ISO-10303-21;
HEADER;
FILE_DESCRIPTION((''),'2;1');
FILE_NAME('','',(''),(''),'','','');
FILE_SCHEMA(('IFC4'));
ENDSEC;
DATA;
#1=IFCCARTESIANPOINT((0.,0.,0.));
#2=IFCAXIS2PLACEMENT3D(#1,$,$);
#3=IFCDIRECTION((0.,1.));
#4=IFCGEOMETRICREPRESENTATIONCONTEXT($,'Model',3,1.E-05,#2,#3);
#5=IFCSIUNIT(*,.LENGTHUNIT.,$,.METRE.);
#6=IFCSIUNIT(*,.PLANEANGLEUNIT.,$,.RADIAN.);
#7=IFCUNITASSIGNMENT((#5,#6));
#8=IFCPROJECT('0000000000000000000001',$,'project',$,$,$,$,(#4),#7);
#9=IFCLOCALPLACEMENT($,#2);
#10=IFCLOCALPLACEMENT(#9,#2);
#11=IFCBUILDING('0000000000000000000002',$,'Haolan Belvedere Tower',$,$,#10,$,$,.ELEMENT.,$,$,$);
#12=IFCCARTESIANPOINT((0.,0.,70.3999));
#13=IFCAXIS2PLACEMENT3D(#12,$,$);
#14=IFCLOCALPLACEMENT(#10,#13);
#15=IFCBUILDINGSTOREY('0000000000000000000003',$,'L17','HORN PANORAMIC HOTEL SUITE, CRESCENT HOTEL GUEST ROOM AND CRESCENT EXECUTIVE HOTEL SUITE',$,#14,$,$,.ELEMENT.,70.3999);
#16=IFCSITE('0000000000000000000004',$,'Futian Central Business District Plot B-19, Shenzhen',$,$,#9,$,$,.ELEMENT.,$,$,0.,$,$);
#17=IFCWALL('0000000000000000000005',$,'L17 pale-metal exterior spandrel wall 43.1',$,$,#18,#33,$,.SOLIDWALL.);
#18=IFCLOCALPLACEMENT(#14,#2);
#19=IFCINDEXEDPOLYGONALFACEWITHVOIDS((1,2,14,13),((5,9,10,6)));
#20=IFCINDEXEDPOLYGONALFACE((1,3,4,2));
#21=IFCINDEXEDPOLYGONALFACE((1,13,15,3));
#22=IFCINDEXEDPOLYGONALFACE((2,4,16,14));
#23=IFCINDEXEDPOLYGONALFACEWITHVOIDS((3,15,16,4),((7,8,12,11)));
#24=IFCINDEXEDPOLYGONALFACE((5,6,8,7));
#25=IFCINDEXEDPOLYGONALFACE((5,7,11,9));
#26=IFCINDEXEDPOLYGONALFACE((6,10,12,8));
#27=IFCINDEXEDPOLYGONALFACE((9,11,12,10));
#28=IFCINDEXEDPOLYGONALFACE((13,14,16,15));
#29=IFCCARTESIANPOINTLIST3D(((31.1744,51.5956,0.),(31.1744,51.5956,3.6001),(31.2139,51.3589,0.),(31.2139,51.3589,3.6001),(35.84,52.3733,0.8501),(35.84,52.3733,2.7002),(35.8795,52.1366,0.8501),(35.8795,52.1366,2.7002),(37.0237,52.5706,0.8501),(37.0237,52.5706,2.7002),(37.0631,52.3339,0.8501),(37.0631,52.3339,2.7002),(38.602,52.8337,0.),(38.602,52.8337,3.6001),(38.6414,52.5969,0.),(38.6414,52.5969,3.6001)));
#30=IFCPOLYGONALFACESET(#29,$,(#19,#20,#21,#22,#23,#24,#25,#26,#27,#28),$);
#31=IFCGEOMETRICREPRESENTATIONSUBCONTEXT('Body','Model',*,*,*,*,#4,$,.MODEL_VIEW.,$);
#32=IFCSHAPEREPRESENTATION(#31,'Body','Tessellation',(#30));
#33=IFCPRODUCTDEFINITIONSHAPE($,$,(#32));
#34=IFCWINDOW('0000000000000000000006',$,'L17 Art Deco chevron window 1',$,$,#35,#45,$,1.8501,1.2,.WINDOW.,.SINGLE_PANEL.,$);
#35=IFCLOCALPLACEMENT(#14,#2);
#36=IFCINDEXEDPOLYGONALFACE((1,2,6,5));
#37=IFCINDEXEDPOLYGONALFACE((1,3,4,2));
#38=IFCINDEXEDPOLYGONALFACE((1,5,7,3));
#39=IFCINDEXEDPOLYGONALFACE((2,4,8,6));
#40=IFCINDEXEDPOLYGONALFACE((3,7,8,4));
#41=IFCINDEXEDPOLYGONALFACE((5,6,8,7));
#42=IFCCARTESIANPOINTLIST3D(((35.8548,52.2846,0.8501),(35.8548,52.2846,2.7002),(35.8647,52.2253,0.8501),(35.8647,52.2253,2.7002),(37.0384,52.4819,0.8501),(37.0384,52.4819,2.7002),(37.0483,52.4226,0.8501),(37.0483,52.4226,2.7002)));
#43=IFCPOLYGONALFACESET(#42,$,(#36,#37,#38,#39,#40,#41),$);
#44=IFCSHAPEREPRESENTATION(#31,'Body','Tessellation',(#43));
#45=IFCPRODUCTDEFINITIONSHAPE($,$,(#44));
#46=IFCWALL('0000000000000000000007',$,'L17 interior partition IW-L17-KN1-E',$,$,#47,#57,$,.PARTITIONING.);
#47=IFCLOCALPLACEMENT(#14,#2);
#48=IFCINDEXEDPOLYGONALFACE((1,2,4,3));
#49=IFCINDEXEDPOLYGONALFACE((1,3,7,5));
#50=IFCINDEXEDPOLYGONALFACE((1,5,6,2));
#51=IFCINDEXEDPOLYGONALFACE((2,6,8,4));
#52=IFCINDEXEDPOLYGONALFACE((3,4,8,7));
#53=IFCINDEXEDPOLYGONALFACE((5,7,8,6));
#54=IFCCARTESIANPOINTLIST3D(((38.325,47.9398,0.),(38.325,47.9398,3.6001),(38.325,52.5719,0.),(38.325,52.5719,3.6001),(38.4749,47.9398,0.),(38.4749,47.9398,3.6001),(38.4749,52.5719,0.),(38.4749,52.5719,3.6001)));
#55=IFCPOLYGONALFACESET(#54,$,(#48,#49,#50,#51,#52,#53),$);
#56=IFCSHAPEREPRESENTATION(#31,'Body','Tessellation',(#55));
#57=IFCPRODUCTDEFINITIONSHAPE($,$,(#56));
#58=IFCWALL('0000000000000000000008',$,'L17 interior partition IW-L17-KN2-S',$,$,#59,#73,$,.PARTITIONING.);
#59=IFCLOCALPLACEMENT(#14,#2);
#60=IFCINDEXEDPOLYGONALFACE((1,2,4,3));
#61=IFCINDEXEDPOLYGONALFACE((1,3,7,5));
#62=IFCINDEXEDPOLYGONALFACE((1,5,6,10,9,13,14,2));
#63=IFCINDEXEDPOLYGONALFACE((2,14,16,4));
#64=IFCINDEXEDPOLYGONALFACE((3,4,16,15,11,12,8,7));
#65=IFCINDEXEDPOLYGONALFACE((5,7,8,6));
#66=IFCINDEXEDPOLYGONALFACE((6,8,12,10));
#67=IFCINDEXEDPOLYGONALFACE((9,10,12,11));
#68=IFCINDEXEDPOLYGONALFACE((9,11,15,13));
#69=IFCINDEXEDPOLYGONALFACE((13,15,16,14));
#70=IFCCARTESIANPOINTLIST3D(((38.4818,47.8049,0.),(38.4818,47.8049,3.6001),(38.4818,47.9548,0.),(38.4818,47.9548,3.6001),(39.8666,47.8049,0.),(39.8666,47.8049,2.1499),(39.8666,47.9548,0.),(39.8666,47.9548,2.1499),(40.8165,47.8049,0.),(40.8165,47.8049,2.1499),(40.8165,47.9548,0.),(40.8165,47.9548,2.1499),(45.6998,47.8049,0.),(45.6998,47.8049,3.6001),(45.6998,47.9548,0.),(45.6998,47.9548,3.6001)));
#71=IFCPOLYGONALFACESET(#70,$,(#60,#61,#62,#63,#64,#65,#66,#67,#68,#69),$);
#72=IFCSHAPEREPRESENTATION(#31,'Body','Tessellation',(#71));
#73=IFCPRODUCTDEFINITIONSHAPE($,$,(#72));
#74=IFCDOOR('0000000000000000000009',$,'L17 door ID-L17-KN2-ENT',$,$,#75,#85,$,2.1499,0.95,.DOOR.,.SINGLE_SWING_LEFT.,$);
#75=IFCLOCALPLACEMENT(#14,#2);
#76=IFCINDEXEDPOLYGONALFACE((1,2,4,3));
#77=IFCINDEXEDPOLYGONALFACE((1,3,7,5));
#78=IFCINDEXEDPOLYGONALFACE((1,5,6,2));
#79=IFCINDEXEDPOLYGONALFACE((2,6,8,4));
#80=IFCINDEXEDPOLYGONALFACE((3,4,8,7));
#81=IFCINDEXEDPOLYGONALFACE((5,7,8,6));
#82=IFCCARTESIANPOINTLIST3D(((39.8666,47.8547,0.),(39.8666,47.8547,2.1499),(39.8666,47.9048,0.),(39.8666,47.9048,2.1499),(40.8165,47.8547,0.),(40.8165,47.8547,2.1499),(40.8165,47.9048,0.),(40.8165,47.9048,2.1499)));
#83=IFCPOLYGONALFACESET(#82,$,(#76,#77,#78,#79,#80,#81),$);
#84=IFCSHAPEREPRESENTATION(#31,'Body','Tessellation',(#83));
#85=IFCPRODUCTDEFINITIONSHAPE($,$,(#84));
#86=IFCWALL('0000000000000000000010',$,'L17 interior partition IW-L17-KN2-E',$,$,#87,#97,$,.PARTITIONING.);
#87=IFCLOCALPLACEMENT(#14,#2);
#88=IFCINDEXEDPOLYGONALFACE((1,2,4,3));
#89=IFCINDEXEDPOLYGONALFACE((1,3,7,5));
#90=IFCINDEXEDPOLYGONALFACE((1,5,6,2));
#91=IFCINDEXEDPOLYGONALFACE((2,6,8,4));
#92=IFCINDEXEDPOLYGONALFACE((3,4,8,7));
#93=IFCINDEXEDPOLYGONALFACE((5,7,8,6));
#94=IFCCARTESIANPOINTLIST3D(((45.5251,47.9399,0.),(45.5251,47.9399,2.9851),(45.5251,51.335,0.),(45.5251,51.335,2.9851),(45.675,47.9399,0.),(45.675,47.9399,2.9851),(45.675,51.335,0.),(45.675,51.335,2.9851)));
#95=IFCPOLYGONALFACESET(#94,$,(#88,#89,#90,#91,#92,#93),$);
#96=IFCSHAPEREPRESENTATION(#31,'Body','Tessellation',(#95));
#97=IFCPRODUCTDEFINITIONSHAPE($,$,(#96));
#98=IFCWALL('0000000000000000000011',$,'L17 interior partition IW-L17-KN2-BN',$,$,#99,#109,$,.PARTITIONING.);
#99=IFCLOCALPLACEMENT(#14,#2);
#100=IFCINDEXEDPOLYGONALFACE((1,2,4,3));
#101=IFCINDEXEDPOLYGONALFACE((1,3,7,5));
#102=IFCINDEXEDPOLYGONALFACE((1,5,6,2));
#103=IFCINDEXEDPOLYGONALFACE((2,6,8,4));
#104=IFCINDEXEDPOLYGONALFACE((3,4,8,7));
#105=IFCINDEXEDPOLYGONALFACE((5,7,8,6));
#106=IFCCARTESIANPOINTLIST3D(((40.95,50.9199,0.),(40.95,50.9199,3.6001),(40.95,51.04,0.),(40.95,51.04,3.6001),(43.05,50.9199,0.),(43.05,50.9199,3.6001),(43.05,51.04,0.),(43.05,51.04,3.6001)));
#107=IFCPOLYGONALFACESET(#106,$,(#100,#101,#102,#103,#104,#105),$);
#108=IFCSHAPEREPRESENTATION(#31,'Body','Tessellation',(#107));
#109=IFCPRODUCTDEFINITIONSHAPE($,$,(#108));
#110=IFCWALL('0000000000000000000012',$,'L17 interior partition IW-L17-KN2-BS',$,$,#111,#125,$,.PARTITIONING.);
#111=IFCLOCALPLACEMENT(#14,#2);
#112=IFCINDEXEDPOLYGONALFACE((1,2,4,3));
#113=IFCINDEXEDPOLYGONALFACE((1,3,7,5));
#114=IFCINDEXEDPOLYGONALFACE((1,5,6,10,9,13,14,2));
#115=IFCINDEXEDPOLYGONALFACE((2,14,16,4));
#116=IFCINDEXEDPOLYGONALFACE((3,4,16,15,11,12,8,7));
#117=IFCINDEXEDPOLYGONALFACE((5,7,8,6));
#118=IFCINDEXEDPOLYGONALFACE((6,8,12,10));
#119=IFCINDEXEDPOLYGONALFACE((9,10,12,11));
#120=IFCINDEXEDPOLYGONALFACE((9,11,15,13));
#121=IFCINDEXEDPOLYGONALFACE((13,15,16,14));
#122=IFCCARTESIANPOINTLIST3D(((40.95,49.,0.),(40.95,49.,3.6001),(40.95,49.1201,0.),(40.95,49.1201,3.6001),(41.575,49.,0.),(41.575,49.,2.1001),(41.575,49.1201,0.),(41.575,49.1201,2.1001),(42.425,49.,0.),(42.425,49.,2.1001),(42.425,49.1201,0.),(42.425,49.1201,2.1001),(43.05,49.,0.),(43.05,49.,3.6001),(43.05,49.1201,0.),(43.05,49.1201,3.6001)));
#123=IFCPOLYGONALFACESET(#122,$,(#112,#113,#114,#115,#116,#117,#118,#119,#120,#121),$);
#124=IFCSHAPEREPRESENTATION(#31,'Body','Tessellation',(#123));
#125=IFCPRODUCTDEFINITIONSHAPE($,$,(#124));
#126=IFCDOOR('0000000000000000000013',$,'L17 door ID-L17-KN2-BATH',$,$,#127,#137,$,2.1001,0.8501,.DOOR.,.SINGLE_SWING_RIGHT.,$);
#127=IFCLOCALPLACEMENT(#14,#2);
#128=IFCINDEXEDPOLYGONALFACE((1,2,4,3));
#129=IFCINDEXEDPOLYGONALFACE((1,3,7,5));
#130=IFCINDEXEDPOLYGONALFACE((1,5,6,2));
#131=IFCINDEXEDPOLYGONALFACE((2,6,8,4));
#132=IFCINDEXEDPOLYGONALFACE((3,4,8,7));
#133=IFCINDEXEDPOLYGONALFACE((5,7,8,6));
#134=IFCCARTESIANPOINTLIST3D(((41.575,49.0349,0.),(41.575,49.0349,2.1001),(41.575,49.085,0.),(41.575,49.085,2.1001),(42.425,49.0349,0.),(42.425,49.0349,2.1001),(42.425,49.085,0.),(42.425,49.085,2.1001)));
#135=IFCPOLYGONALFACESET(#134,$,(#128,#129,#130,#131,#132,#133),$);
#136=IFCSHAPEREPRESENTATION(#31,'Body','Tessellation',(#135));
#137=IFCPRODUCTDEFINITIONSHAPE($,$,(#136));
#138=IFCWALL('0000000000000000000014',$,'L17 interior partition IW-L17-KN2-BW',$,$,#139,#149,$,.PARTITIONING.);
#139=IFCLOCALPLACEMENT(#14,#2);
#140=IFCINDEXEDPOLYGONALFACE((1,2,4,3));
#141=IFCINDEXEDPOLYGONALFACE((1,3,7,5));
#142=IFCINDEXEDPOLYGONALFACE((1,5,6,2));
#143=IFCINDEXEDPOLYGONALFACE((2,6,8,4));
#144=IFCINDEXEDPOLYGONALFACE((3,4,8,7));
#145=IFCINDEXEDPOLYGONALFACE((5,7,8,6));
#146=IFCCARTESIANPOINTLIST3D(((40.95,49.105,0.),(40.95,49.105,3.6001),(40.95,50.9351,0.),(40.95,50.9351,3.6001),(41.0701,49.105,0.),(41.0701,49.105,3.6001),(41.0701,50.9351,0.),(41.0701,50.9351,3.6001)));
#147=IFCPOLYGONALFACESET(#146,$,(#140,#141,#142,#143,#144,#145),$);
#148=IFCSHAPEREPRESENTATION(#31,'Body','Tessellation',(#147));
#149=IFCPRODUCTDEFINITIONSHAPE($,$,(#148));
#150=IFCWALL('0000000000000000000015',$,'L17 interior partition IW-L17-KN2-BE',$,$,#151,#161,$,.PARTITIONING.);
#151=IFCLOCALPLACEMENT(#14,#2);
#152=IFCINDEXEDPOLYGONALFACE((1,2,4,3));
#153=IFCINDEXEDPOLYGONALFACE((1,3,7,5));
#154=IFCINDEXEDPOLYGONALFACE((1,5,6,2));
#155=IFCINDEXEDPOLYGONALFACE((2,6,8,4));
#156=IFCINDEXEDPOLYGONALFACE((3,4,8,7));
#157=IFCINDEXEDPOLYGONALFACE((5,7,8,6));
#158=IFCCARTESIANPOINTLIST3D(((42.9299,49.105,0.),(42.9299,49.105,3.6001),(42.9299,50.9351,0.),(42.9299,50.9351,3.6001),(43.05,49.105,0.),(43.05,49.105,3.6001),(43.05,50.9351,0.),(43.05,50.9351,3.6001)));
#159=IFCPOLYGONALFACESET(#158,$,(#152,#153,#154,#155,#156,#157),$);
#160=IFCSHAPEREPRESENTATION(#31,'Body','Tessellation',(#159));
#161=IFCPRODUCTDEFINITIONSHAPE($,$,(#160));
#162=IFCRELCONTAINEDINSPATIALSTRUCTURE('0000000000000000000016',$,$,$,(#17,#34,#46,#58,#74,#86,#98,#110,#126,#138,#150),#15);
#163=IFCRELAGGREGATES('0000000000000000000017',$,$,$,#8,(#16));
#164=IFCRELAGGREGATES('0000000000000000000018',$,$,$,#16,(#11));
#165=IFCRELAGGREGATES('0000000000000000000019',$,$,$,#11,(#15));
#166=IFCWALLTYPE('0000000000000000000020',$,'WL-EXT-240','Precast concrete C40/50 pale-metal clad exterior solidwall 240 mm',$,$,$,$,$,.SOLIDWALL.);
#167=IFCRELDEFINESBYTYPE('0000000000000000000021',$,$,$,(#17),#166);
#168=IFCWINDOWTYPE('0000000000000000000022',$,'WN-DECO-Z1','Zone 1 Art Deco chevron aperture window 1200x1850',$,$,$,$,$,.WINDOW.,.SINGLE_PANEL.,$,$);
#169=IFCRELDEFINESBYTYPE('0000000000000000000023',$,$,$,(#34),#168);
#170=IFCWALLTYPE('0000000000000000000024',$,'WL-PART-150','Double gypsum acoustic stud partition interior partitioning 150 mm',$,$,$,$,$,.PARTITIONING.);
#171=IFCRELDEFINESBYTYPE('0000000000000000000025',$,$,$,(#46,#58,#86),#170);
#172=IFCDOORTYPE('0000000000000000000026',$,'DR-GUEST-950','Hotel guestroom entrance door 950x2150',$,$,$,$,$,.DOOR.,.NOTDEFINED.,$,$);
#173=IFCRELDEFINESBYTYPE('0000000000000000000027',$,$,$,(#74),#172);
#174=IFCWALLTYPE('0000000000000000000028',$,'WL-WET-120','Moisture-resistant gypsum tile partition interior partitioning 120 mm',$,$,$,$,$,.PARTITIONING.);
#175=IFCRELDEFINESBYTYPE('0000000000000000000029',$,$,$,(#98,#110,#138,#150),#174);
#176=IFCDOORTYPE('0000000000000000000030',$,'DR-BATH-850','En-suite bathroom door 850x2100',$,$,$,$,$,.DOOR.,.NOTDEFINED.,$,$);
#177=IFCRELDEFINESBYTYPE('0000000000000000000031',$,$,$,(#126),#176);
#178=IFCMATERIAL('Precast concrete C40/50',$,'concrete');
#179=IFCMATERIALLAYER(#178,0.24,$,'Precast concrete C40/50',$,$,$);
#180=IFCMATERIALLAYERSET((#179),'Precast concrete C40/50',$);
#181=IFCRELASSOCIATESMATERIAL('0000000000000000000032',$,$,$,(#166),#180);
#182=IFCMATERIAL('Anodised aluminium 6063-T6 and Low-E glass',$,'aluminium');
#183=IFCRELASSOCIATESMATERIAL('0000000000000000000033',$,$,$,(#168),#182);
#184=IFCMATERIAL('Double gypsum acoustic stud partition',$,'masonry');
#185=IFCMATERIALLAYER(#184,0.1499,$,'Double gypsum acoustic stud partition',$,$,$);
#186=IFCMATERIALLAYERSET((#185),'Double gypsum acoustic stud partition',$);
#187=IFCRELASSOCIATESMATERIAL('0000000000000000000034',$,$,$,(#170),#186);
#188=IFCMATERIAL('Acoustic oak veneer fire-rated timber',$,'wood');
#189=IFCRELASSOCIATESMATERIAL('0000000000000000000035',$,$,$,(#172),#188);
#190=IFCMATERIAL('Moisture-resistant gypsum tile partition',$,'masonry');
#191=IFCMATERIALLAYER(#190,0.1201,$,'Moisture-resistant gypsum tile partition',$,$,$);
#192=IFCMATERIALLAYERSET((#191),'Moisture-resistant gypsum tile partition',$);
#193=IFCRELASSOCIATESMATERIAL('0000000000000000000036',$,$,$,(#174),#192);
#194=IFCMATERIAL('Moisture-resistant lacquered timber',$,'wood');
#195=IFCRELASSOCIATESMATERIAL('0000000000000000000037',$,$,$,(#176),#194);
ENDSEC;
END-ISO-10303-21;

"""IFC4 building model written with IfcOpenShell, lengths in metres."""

from ifc_helpers import new_model, si_unit, direction, frame, frame_2d, origin, place, context, subcontext, project, spatial, rectangle, extrude, material, layer, layer_set, type_object, element, fill, save


model = new_model("IFC4")

# Units and contexts
model_context = context("Model", 3, precision=1e-05, world=origin(), true_north=direction((0.0, 1.0)))
body_context = subcontext(model_context, "Body", "Model", "MODEL_VIEW")
ifc_project = project(units=[si_unit("LENGTHUNIT", "METRE"), si_unit("PLANEANGLEUNIT", "RADIAN")], contexts=[model_context])

# Site, building, storey
site_placement = place(None, origin())
site = spatial("IfcSite", under=ifc_project, at=site_placement, Name="Futian Central Business District Plot B-19, Shenzhen", CompositionType="ELEMENT", RefElevation=0.0)
building_placement = place(site_placement, origin())
building = spatial("IfcBuilding", under=site, at=building_placement, Name="Haolan Belvedere Tower", CompositionType="ELEMENT")
storey_placement = place(building_placement, frame((0.0, 0.0, 70.3999)))
storey = spatial("IfcBuildingStorey", under=building, at=storey_placement, Name="L17", Description="HORN PANORAMIC HOTEL SUITE, CRESCENT HOTEL GUEST ROOM AND CRESCENT EXECUTIVE HOTEL SUITE", CompositionType="ELEMENT", Elevation=70.3999)

# Wall, opening, window
ifc_material_1 = material(Name="Precast concrete C40/50", Category="concrete")
ifc_layer_1 = layer(ifc_material_1, 0.24, Name="Precast concrete C40/50")
ifc_layer_set_1 = layer_set([ifc_layer_1], Name="Precast concrete C40/50")
wall_type_1 = type_object("IfcWallType", Name="WL-EXT-240", Description="Precast concrete C40/50 pale-metal clad exterior solidwall 240 mm", PredefinedType="SOLIDWALL", material=ifc_layer_set_1)
wall_1_placement = place(storey_placement, frame((38.6218, 52.7153, 0.0), z_axis=(0.0, 0.0, 1.0), x_axis=(-0.986391, -0.164415, 0.0)))
wall_1 = element("IfcWall", 1, at=wall_1_placement, inside=storey, type_object=wall_type_1, Name="L17 pale-metal exterior spandrel wall 43.1", PredefinedType="SOLIDWALL", context=body_context, shape_type="SweptSolid", body=[
    extrude(rectangle(XDim=7.53, YDim=0.24, at=frame_2d((3.7651, 0.0))), origin(), (0.0, 0.0, 1.0), 3.6001),
])
opening_1_placement = place(wall_1_placement, frame((1.6001, 0.0, 0.8501)))
opening_1 = element("IfcOpeningElement", 2, at=opening_1_placement, cuts=wall_1, PredefinedType="OPENING", context=body_context, shape_type="SweptSolid", body=[
    extrude(rectangle(XDim=1.2, YDim=1.8501, at=frame_2d((0.6001, 0.925))), frame((0.0, 0.1299, 0.0), z_axis=(0.0, -1.0, 0.0), x_axis=(1.0, 0.0, 0.0)), (0.0, 0.0, 1.0), 0.26),
])
ifc_material_2 = material(Name="Anodised aluminium 6063-T6 and Low-E glass", Category="aluminium")
window_type = type_object("IfcWindowType", Name="WN-DECO-Z1", Description="Zone 1 Art Deco chevron aperture window 1200x1850", PartitioningType="SINGLE_PANEL", PredefinedType="WINDOW", material=ifc_material_2)
window_placement = place(opening_1_placement, origin())
window = element("IfcWindow", 3, at=window_placement, inside=storey, type_object=window_type, Name="L17 Art Deco chevron window 1", OverallHeight=1.8501, OverallWidth=1.2, PartitioningType="SINGLE_PANEL", PredefinedType="WINDOW", context=body_context, shape_type="SweptSolid", body=[
    extrude(rectangle(XDim=1.2, YDim=1.8501, at=frame_2d((0.6001, 0.925))), frame((0.0, 0.03, 0.0), z_axis=(0.0, -1.0, 0.0), x_axis=(1.0, 0.0, 0.0)), (0.0, 0.0, 1.0), 0.0601),
])
fill(opening_1, window)

# Wall
ifc_material_3 = material(Name="Double gypsum acoustic stud partition", Category="masonry")
ifc_layer_2 = layer(ifc_material_3, 0.1499, Name="Double gypsum acoustic stud partition")
ifc_layer_set_2 = layer_set([ifc_layer_2], Name="Double gypsum acoustic stud partition")
wall_type_2 = type_object("IfcWallType", Name="WL-PART-150", Description="Double gypsum acoustic stud partition interior partitioning 150 mm", PredefinedType="PARTITIONING", material=ifc_layer_set_2)
wall_2_placement = place(storey_placement, frame((38.3999, 47.9399, 0.0), z_axis=(0.0, 0.0, 1.0), x_axis=(0.0, 1.0, 0.0)))
element("IfcWall", 4, at=wall_2_placement, inside=storey, type_object=wall_type_2, Name="L17 interior partition IW-L17-KN1-E", PredefinedType="PARTITIONING", context=body_context, shape_type="SweptSolid", body=[
    extrude(rectangle(XDim=4.6321, YDim=0.1499, at=frame_2d((2.3159, 0.0))), origin(), (0.0, 0.0, 1.0), 3.6001),
])

# Wall, opening, door
wall_3_placement = place(storey_placement, frame((38.4819, 47.8799, 0.0), z_axis=(0.0, 0.0, 1.0), x_axis=(1.0, 0.0, 0.0)))
wall_3 = element("IfcWall", 5, at=wall_3_placement, inside=storey, type_object=wall_type_2, Name="L17 interior partition IW-L17-KN2-S", PredefinedType="PARTITIONING", context=body_context, shape_type="SweptSolid", body=[
    extrude(rectangle(XDim=7.218, YDim=0.1499, at=frame_2d((3.6089, 0.0))), origin(), (0.0, 0.0, 1.0), 3.6001),
])
opening_2_placement = place(wall_3_placement, frame((1.3845, 0.0, 0.0)))
opening_2 = element("IfcOpeningElement", 6, at=opening_2_placement, cuts=wall_3, PredefinedType="OPENING", context=body_context, shape_type="SweptSolid", body=[
    extrude(rectangle(XDim=0.95, YDim=2.1499, at=frame_2d((0.4751, 1.075))), frame((0.0, 0.085, 0.0), z_axis=(0.0, -1.0, 0.0), x_axis=(1.0, 0.0, 0.0)), (0.0, 0.0, 1.0), 0.1699),
])
ifc_material_4 = material(Name="Acoustic oak veneer fire-rated timber", Category="wood")
door_type_1 = type_object("IfcDoorType", Name="DR-GUEST-950", Description="Hotel guestroom entrance door 950x2150", OperationType="NOTDEFINED", PredefinedType="DOOR", material=ifc_material_4)
door_1_placement = place(opening_2_placement, origin())
door_1 = element("IfcDoor", 7, at=door_1_placement, inside=storey, type_object=door_type_1, Name="L17 door ID-L17-KN2-ENT", OperationType="SINGLE_SWING_LEFT", OverallHeight=2.1499, OverallWidth=0.95, PredefinedType="DOOR", context=body_context, shape_type="SweptSolid", body=[
    extrude(rectangle(XDim=0.95, YDim=2.1499, at=frame_2d((0.4751, 1.075))), frame((0.0, 0.0249, 0.0), z_axis=(0.0, -1.0, 0.0), x_axis=(1.0, 0.0, 0.0)), (0.0, 0.0, 1.0), 0.05),
])
fill(opening_2, door_1)

# Walls
wall_4_placement = place(storey_placement, frame((45.6001, 47.9399, 0.0), z_axis=(0.0, 0.0, 1.0), x_axis=(0.0, 1.0, 0.0)))
element("IfcWall", 8, at=wall_4_placement, inside=storey, type_object=wall_type_2, Name="L17 interior partition IW-L17-KN2-E", PredefinedType="PARTITIONING", context=body_context, shape_type="SweptSolid", body=[
    extrude(rectangle(XDim=3.395, YDim=0.1499, at=frame_2d((1.6975, 0.0))), origin(), (0.0, 0.0, 1.0), 2.9851),
])
ifc_material_5 = material(Name="Moisture-resistant gypsum tile partition", Category="masonry")
ifc_layer_3 = layer(ifc_material_5, 0.1201, Name="Moisture-resistant gypsum tile partition")
ifc_layer_set_3 = layer_set([ifc_layer_3], Name="Moisture-resistant gypsum tile partition")
wall_type_3 = type_object("IfcWallType", Name="WL-WET-120", Description="Moisture-resistant gypsum tile partition interior partitioning 120 mm", PredefinedType="PARTITIONING", material=ifc_layer_set_3)
wall_5_placement = place(storey_placement, frame((40.95, 50.98, 0.0), z_axis=(0.0, 0.0, 1.0), x_axis=(1.0, 0.0, 0.0)))
element("IfcWall", 9, at=wall_5_placement, inside=storey, type_object=wall_type_3, Name="L17 interior partition IW-L17-KN2-BN", PredefinedType="PARTITIONING", context=body_context, shape_type="SweptSolid", body=[
    extrude(rectangle(XDim=2.1001, YDim=0.1201, at=frame_2d((1.05, 0.0))), origin(), (0.0, 0.0, 1.0), 3.6001),
])

# Wall, opening, door
wall_6_placement = place(storey_placement, frame((40.95, 49.0601, 0.0), z_axis=(0.0, 0.0, 1.0), x_axis=(1.0, 0.0, 0.0)))
wall_6 = element("IfcWall", 10, at=wall_6_placement, inside=storey, type_object=wall_type_3, Name="L17 interior partition IW-L17-KN2-BS", PredefinedType="PARTITIONING", context=body_context, shape_type="SweptSolid", body=[
    extrude(rectangle(XDim=2.1001, YDim=0.1201, at=frame_2d((1.05, 0.0))), origin(), (0.0, 0.0, 1.0), 3.6001),
])
opening_3_placement = place(wall_6_placement, frame((0.625, 0.0, 0.0)))
opening_3 = element("IfcOpeningElement", 11, at=opening_3_placement, cuts=wall_6, PredefinedType="OPENING", context=body_context, shape_type="SweptSolid", body=[
    extrude(rectangle(XDim=0.8501, YDim=2.1001, at=frame_2d((0.425, 1.05))), frame((0.0, 0.0701, 0.0), z_axis=(0.0, -1.0, 0.0), x_axis=(1.0, 0.0, 0.0)), (0.0, 0.0, 1.0), 0.1401),
])
ifc_material_6 = material(Name="Moisture-resistant lacquered timber", Category="wood")
door_type_2 = type_object("IfcDoorType", Name="DR-BATH-850", Description="En-suite bathroom door 850x2100", OperationType="NOTDEFINED", PredefinedType="DOOR", material=ifc_material_6)
door_2_placement = place(opening_3_placement, origin())
door_2 = element("IfcDoor", 12, at=door_2_placement, inside=storey, type_object=door_type_2, Name="L17 door ID-L17-KN2-BATH", OperationType="SINGLE_SWING_RIGHT", OverallHeight=2.1001, OverallWidth=0.8501, PredefinedType="DOOR", context=body_context, shape_type="SweptSolid", body=[
    extrude(rectangle(XDim=0.8501, YDim=2.1001, at=frame_2d((0.425, 1.05))), frame((0.0, 0.0249, 0.0), z_axis=(0.0, -1.0, 0.0), x_axis=(1.0, 0.0, 0.0)), (0.0, 0.0, 1.0), 0.05),
])
fill(opening_3, door_2)

# Walls
for number, where, z_axis, x_axis, name in (
    (13, (41.01, 49.105, 0.0), (0.0, 0.0, 1.0), (0.0, 1.0, 0.0), "L17 interior partition IW-L17-KN2-BW"),
    (14, (42.99, 49.105, 0.0), (0.0, 0.0, 1.0), (0.0, 1.0, 0.0), "L17 interior partition IW-L17-KN2-BE"),
):
    element("IfcWall", number, at=place(storey_placement, frame(where, z_axis=z_axis, x_axis=x_axis)), inside=storey, type_object=wall_type_3, Name=name, PredefinedType="PARTITIONING", context=body_context, shape_type="SweptSolid", body=[
        extrude(rectangle(XDim=1.8301, YDim=0.1201, at=frame_2d((0.915, 0.0))), origin(), (0.0, 0.0, 1.0), 3.6001),
    ])

save(model, "model.ifc")
